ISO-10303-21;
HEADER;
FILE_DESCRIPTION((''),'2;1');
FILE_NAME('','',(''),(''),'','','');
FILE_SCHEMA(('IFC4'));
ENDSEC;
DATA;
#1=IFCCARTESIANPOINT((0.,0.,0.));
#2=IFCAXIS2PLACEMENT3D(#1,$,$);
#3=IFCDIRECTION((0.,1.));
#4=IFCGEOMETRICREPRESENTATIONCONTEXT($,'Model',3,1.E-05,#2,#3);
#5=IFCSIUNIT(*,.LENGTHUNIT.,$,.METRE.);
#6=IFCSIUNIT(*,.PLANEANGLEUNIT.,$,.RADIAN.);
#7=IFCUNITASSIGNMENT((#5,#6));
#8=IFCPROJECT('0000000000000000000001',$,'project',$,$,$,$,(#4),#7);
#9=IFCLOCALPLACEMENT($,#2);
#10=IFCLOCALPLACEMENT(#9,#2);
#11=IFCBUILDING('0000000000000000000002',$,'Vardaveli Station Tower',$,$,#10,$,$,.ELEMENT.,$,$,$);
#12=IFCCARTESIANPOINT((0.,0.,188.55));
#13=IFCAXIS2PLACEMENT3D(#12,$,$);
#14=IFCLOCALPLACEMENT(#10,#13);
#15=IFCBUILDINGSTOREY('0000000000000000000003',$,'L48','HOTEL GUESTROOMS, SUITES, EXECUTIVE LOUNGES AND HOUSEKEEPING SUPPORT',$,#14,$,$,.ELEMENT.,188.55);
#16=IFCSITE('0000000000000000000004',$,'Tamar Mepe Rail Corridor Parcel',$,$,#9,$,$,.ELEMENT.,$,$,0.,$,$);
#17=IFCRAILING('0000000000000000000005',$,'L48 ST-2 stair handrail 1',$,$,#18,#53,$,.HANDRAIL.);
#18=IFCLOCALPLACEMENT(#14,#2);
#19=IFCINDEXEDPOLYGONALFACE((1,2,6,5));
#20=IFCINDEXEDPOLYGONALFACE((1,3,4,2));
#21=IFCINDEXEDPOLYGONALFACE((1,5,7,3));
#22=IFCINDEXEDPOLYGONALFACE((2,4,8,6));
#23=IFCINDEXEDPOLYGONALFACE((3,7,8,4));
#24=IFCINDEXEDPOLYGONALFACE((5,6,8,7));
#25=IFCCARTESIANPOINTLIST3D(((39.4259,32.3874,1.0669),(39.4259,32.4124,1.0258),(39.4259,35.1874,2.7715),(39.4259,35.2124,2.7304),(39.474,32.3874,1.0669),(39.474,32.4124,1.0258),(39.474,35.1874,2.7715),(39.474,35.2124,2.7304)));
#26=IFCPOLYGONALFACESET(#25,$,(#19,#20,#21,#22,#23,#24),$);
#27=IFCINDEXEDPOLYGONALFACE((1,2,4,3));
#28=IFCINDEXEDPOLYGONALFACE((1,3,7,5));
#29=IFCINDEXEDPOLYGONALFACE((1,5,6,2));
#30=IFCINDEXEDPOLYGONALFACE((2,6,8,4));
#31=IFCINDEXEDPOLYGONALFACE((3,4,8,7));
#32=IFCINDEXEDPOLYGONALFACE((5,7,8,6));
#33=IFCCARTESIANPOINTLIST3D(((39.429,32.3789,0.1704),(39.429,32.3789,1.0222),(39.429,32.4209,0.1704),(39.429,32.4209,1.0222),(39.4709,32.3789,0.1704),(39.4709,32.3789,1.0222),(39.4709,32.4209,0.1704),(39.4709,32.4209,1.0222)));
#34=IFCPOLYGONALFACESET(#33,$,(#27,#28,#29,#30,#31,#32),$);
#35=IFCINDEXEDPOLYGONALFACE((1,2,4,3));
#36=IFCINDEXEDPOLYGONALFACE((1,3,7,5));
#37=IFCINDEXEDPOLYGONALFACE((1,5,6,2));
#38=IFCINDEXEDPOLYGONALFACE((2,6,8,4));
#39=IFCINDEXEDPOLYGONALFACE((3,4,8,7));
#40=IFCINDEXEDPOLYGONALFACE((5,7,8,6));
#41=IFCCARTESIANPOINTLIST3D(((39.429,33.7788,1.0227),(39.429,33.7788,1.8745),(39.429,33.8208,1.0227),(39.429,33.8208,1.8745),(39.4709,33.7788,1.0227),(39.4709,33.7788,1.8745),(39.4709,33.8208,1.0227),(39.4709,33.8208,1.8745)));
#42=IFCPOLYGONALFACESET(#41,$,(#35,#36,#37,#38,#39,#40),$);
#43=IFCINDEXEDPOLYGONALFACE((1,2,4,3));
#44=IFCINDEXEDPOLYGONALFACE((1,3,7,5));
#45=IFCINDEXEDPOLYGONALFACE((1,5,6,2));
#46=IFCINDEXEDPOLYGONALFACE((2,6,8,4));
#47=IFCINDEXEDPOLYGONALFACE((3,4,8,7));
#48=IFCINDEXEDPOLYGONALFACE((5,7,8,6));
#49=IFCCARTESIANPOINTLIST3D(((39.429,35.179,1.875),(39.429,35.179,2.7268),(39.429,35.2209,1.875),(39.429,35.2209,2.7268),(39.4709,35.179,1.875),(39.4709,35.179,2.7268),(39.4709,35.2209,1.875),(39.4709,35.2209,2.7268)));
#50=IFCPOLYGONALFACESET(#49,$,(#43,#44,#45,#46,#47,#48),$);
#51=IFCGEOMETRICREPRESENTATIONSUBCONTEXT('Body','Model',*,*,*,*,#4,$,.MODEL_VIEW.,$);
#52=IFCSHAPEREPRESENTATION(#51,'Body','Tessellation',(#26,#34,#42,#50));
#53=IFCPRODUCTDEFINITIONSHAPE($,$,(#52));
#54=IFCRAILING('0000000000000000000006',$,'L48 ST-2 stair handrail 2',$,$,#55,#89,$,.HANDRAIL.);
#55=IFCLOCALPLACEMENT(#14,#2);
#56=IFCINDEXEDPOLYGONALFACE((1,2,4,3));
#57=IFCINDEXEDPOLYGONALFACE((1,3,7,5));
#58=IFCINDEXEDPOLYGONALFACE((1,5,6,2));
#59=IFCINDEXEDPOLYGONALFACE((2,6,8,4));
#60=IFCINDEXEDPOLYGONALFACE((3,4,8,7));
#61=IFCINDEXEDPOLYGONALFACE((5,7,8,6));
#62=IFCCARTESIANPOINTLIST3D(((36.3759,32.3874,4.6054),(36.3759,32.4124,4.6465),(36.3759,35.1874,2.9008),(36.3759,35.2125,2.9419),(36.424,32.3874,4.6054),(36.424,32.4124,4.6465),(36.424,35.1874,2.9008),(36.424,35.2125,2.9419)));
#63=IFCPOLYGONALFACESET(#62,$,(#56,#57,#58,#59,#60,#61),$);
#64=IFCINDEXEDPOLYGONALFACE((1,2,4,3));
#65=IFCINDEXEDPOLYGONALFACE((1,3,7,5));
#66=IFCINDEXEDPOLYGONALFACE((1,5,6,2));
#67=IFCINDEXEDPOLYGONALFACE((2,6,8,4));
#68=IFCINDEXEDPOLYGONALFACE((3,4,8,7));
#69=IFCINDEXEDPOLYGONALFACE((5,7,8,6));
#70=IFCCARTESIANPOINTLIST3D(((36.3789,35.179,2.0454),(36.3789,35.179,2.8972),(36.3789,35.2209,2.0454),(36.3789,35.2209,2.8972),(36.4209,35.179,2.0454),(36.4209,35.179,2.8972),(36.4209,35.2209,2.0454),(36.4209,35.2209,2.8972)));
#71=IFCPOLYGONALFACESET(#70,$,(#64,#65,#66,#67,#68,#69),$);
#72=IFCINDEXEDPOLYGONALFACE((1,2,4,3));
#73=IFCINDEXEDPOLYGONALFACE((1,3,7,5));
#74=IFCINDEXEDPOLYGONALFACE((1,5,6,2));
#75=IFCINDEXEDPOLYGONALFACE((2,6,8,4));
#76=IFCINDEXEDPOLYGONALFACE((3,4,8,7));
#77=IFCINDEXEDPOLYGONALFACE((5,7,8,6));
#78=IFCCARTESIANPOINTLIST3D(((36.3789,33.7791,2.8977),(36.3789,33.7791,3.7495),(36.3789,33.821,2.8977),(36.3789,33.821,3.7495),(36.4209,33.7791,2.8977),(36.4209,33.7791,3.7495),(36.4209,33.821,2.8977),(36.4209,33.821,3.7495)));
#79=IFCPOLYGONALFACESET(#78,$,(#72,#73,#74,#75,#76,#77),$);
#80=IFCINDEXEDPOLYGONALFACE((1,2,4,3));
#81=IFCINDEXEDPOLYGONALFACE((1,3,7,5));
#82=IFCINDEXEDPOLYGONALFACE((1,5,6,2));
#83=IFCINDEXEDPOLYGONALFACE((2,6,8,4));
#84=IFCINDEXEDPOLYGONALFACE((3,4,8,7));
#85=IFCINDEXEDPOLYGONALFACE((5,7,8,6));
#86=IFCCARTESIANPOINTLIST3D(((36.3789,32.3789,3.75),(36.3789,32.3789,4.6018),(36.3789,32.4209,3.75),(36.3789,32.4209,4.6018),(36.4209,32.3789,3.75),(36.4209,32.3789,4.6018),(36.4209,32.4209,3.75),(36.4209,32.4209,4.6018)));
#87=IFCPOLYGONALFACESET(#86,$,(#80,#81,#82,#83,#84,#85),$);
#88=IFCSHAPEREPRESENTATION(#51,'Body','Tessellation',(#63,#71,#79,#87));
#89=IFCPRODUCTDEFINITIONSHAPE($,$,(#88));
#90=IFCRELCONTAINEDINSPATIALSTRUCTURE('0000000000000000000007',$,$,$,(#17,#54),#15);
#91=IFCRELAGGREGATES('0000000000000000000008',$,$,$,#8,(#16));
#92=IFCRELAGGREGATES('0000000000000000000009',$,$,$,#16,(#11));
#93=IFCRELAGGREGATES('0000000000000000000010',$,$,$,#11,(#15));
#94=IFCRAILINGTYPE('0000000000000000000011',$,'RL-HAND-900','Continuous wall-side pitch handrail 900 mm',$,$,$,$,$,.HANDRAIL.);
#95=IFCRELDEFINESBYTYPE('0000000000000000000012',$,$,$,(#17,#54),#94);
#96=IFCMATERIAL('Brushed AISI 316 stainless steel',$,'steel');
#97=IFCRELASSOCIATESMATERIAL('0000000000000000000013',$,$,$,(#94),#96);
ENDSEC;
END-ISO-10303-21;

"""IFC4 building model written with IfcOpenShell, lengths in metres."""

from ifc_helpers import new_model, si_unit, direction, frame, origin, origin_2d, place, context, subcontext, project, spatial, rectangle, extrude, source, transform, mapped, material, type_object, element, save


model = new_model("IFC4")

# Units and contexts
model_context = context("Model", 3, precision=1e-05, world=origin(), true_north=direction((0.0, 1.0)))
body_context = subcontext(model_context, "Body", "Model", "MODEL_VIEW")
ifc_project = project(units=[si_unit("LENGTHUNIT", "METRE"), si_unit("PLANEANGLEUNIT", "RADIAN")], contexts=[model_context])

# Site, building, storey
site_placement = place(None, origin())
site = spatial("IfcSite", under=ifc_project, at=site_placement, Name="Tamar Mepe Rail Corridor Parcel", CompositionType="ELEMENT", RefElevation=0.0)
building_placement = place(site_placement, origin())
building = spatial("IfcBuilding", under=site, at=building_placement, Name="Vardaveli Station Tower", CompositionType="ELEMENT")
storey_placement = place(building_placement, frame((0.0, 0.0, 188.55)))
storey = spatial("IfcBuildingStorey", under=building, at=storey_placement, Name="L48", Description="HOTEL GUESTROOMS, SUITES, EXECUTIVE LOUNGES AND HOUSEKEEPING SUPPORT", CompositionType="ELEMENT", Elevation=188.55)

# Railings
ifc_material_1 = material(Name="Brushed AISI 316 stainless steel", Category="steel")
railing_type_1 = type_object("IfcRailingType", Name="RL-HAND-900", Description="Continuous wall-side pitch handrail 900 mm", PredefinedType="HANDRAIL", material=ifc_material_1)
shared_shape_1 = source(origin(), body_context, "Body", "SweptSolid", [
    extrude(rectangle(XDim=0.0481, YDim=0.0481, at=origin_2d()), frame((0.0, 0.0, 0.876), z_axis=(0.0, 0.85417, 0.519994), x_axis=(-1.0, 0.0, 0.0)), (0.0, 0.0, 1.0), 3.2781),
    extrude(rectangle(XDim=0.042, YDim=0.042, at=origin_2d()), origin(), (0.0, 0.0, 1.0), 0.8518),
    extrude(rectangle(XDim=0.042, YDim=0.042, at=origin_2d()), frame((0.0, 1.3999, 0.8523)), (0.0, 0.0, 1.0), 0.8518),
    extrude(rectangle(XDim=0.042, YDim=0.042, at=origin_2d()), frame((0.0, 2.8, 1.7046)), (0.0, 0.0, 1.0), 0.8518),
])
railing_1_placement = place(storey_placement, frame((39.45, 32.3999, 0.1704)))
element("IfcRailing", 1, at=railing_1_placement, inside=storey, type_object=railing_type_1, Name="L48 ST-2 stair handrail 1", PredefinedType="HANDRAIL", context=body_context, shape_type="MappedRepresentation", body=[
    mapped(shared_shape_1, transform((0.0, 0.0, 0.0), scale=1.0)),
])
shared_shape_2 = source(origin(), body_context, "Body", "SweptSolid", [
    extrude(rectangle(XDim=0.0481, YDim=0.0481, at=origin_2d()), frame((0.0, 0.0, 0.876), z_axis=(0.0, -0.85417, 0.519994), x_axis=(1.0, 0.0, 0.0)), (0.0, 0.0, 1.0), 3.2781),
    extrude(rectangle(XDim=0.042, YDim=0.042, at=origin_2d()), origin(), (0.0, 0.0, 1.0), 0.8518),
    extrude(rectangle(XDim=0.042, YDim=0.042, at=origin_2d()), frame((0.0, -1.3999, 0.8523)), (0.0, 0.0, 1.0), 0.8518),
    extrude(rectangle(XDim=0.042, YDim=0.042, at=origin_2d()), frame((0.0, -2.8, 1.7046)), (0.0, 0.0, 1.0), 0.8518),
])
railing_2_placement = place(storey_placement, frame((36.3999, 35.2, 2.0454)))
element("IfcRailing", 2, at=railing_2_placement, inside=storey, type_object=railing_type_1, Name="L48 ST-2 stair handrail 2", PredefinedType="HANDRAIL", context=body_context, shape_type="MappedRepresentation", body=[
    mapped(shared_shape_2, transform((0.0, 0.0, 0.0), scale=1.0)),
])

save(model, "model.ifc")
